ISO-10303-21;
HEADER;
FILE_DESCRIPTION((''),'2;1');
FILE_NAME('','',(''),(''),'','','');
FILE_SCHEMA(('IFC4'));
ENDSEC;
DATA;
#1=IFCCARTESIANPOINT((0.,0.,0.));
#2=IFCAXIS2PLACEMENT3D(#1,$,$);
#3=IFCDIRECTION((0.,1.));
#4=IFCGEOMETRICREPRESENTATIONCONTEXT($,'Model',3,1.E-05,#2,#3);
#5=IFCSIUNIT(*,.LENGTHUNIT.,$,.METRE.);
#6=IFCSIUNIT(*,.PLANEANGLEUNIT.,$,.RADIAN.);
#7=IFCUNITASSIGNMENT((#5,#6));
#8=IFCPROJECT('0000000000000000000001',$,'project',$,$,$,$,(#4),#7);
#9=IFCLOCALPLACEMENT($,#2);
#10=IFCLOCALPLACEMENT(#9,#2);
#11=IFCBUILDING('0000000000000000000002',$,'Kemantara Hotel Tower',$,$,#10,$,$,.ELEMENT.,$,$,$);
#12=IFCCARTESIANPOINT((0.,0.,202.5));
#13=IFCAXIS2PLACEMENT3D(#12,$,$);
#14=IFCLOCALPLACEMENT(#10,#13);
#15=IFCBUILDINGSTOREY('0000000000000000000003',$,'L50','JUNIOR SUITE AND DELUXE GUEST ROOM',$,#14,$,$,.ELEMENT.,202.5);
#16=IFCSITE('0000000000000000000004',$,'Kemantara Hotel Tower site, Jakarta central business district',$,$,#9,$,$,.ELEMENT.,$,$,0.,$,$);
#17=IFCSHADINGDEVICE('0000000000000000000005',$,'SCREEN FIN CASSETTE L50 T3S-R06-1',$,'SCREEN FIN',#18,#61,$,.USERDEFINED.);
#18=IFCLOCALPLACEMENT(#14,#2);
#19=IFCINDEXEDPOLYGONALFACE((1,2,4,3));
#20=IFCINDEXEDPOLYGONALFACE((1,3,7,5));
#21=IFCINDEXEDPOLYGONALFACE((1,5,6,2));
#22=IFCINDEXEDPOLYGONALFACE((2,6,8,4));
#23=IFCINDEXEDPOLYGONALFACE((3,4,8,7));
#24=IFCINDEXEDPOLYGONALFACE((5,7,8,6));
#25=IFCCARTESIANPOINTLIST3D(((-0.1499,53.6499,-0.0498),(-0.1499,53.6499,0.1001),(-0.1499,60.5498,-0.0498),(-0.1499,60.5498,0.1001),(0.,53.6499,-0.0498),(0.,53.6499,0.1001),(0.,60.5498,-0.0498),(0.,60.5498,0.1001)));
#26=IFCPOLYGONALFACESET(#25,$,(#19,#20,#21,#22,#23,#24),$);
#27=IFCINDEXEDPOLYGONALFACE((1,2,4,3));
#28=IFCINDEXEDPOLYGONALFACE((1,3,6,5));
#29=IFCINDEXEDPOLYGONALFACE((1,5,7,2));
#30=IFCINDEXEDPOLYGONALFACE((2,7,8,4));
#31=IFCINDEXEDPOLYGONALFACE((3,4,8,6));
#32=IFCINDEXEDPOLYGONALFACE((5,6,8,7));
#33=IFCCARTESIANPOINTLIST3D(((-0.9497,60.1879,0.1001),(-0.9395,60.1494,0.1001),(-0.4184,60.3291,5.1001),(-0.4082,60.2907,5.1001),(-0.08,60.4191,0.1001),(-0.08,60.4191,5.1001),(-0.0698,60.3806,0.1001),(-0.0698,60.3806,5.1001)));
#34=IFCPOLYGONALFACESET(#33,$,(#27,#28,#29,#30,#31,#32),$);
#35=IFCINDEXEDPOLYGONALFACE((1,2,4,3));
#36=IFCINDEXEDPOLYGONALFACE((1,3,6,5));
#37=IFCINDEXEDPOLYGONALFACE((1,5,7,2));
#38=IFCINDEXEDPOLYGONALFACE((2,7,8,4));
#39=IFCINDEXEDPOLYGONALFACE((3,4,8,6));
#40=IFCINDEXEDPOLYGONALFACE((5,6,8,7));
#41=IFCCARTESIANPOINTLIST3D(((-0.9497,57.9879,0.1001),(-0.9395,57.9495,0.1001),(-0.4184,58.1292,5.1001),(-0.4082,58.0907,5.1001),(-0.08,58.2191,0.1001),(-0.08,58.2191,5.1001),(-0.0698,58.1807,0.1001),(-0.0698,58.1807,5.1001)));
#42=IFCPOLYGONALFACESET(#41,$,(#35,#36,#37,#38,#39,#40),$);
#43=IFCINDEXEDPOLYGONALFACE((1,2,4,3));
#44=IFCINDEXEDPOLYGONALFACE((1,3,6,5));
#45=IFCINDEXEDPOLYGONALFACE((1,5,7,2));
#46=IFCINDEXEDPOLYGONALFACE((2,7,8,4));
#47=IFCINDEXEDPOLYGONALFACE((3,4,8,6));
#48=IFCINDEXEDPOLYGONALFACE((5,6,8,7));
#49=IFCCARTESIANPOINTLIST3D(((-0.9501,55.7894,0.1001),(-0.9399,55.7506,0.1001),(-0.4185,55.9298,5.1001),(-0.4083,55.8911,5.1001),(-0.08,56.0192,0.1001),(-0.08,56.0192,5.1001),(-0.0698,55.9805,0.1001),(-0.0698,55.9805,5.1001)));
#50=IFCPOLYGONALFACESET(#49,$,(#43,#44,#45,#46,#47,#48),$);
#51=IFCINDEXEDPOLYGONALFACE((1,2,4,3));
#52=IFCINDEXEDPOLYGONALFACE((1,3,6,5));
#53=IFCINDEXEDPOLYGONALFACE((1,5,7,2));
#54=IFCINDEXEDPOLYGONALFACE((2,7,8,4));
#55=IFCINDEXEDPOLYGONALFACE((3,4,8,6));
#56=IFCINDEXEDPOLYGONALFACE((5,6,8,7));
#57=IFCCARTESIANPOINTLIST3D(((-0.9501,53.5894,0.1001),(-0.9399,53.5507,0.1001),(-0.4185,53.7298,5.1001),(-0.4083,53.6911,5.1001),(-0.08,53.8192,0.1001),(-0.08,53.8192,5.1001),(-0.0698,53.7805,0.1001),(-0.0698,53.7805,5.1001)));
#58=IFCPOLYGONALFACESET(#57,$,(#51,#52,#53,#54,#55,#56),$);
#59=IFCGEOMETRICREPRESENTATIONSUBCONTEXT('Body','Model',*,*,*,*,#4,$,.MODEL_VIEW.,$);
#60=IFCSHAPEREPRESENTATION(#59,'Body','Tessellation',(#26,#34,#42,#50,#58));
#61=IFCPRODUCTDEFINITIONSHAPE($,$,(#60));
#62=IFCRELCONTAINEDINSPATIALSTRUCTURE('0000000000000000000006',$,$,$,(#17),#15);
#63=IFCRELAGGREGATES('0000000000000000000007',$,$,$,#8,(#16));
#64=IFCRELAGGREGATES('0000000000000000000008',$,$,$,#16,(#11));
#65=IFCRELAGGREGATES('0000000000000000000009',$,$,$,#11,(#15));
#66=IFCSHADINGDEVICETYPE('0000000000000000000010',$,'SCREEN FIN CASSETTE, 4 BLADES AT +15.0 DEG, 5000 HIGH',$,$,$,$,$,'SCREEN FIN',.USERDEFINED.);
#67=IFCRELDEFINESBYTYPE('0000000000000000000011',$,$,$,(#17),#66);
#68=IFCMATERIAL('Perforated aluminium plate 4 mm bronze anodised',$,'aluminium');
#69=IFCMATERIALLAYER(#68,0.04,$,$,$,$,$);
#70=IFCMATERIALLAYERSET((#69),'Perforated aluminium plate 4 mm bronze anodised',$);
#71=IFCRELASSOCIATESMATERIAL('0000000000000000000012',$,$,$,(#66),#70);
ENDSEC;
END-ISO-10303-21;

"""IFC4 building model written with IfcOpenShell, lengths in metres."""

from ifc_helpers import new_model, si_unit, direction, frame, origin, origin_2d, place, context, subcontext, project, spatial, polyline, rectangle, outline, extrude, source, transform, mapped, material, layer, layer_set, type_object, element, save


model = new_model("IFC4")

# Units and contexts
model_context = context("Model", 3, precision=1e-05, world=origin(), true_north=direction((0.0, 1.0)))
body_context = subcontext(model_context, "Body", "Model", "MODEL_VIEW")
ifc_project = project(units=[si_unit("LENGTHUNIT", "METRE"), si_unit("PLANEANGLEUNIT", "RADIAN")], contexts=[model_context])

# Site, building, storey
site_placement = place(None, origin())
site = spatial("IfcSite", under=ifc_project, at=site_placement, Name="Kemantara Hotel Tower site, Jakarta central business district", CompositionType="ELEMENT", RefElevation=0.0)
building_placement = place(site_placement, origin())
building = spatial("IfcBuilding", under=site, at=building_placement, Name="Kemantara Hotel Tower", CompositionType="ELEMENT")
storey_placement = place(building_placement, frame((0.0, 0.0, 202.5)))
storey = spatial("IfcBuildingStorey", under=building, at=storey_placement, Name="L50", Description="JUNIOR SUITE AND DELUXE GUEST ROOM", CompositionType="ELEMENT", Elevation=202.5)

# Shading device
ifc_material_1 = material(Name="Perforated aluminium plate 4 mm bronze anodised", Category="aluminium")
ifc_layer_1 = layer(ifc_material_1, 0.04)
ifc_layer_set_1 = layer_set([ifc_layer_1], Name="Perforated aluminium plate 4 mm bronze anodised")
shading_device_type = type_object("IfcShadingDeviceType", Name="SCREEN FIN CASSETTE, 4 BLADES AT +15.0 DEG, 5000 HIGH", ElementType="SCREEN FIN", PredefinedType="USERDEFINED", material=ifc_layer_set_1)
shared_shape = source(origin(), body_context, "Body", "SweptSolid", [
    extrude(rectangle(XDim=6.8999, YDim=0.1499, at=origin_2d()), frame((3.3, -0.075, -0.1499), z_axis=(0.0, 0.0, 1.0), x_axis=(1.0, 0.0, 0.0)), (0.0, 0.0, 1.0), 0.1499),
    extrude(outline(polyline([(0.0, 0.0), (0.8999, 0.0), (0.3501, 5.0), (0.0, 5.0), (0.0, 0.0)])), frame((0.0193, -0.0698, 0.0), z_axis=(-0.966438, -0.256901, 0.0), x_axis=(0.256901, -0.966438, 0.0)), (0.0, 0.0, 1.0), 0.0398),
    extrude(outline(polyline([(0.0, 0.0), (0.8999, 0.0), (0.3501, 5.0), (0.0, 5.0), (0.0, 0.0)])), frame((2.2192, -0.0698, 0.0), z_axis=(-0.966438, -0.256901, 0.0), x_axis=(0.256901, -0.966438, 0.0)), (0.0, 0.0, 1.0), 0.0398),
    extrude(outline(polyline([(0.0, 0.0), (0.8999, 0.0), (0.3501, 5.0), (0.0, 5.0), (0.0, 0.0)])), frame((4.4194, -0.0698, 0.0), z_axis=(-0.966838, -0.255391, 0.0), x_axis=(0.255391, -0.966838, 0.0)), (0.0, 0.0, 1.0), 0.04),
    extrude(outline(polyline([(0.0, 0.0), (0.8999, 0.0), (0.3501, 5.0), (0.0, 5.0), (0.0, 0.0)])), frame((6.6194, -0.0698, 0.0), z_axis=(-0.966838, -0.255391, 0.0), x_axis=(0.255391, -0.966838, 0.0)), (0.0, 0.0, 1.0), 0.04),
])
shading_device_placement = place(storey_placement, frame((0.0, 60.3999, 0.1001), z_axis=(0.0, 0.0, 1.0), x_axis=(0.0, -1.0, 0.0)))
element("IfcShadingDevice", 1, at=shading_device_placement, inside=storey, type_object=shading_device_type, Name="SCREEN FIN CASSETTE L50 T3S-R06-1", ObjectType="SCREEN FIN", PredefinedType="USERDEFINED", context=body_context, shape_type="MappedRepresentation", body=[
    mapped(shared_shape, transform((0.0, 0.0, 0.0))),
])

save(model, "model.ifc")
